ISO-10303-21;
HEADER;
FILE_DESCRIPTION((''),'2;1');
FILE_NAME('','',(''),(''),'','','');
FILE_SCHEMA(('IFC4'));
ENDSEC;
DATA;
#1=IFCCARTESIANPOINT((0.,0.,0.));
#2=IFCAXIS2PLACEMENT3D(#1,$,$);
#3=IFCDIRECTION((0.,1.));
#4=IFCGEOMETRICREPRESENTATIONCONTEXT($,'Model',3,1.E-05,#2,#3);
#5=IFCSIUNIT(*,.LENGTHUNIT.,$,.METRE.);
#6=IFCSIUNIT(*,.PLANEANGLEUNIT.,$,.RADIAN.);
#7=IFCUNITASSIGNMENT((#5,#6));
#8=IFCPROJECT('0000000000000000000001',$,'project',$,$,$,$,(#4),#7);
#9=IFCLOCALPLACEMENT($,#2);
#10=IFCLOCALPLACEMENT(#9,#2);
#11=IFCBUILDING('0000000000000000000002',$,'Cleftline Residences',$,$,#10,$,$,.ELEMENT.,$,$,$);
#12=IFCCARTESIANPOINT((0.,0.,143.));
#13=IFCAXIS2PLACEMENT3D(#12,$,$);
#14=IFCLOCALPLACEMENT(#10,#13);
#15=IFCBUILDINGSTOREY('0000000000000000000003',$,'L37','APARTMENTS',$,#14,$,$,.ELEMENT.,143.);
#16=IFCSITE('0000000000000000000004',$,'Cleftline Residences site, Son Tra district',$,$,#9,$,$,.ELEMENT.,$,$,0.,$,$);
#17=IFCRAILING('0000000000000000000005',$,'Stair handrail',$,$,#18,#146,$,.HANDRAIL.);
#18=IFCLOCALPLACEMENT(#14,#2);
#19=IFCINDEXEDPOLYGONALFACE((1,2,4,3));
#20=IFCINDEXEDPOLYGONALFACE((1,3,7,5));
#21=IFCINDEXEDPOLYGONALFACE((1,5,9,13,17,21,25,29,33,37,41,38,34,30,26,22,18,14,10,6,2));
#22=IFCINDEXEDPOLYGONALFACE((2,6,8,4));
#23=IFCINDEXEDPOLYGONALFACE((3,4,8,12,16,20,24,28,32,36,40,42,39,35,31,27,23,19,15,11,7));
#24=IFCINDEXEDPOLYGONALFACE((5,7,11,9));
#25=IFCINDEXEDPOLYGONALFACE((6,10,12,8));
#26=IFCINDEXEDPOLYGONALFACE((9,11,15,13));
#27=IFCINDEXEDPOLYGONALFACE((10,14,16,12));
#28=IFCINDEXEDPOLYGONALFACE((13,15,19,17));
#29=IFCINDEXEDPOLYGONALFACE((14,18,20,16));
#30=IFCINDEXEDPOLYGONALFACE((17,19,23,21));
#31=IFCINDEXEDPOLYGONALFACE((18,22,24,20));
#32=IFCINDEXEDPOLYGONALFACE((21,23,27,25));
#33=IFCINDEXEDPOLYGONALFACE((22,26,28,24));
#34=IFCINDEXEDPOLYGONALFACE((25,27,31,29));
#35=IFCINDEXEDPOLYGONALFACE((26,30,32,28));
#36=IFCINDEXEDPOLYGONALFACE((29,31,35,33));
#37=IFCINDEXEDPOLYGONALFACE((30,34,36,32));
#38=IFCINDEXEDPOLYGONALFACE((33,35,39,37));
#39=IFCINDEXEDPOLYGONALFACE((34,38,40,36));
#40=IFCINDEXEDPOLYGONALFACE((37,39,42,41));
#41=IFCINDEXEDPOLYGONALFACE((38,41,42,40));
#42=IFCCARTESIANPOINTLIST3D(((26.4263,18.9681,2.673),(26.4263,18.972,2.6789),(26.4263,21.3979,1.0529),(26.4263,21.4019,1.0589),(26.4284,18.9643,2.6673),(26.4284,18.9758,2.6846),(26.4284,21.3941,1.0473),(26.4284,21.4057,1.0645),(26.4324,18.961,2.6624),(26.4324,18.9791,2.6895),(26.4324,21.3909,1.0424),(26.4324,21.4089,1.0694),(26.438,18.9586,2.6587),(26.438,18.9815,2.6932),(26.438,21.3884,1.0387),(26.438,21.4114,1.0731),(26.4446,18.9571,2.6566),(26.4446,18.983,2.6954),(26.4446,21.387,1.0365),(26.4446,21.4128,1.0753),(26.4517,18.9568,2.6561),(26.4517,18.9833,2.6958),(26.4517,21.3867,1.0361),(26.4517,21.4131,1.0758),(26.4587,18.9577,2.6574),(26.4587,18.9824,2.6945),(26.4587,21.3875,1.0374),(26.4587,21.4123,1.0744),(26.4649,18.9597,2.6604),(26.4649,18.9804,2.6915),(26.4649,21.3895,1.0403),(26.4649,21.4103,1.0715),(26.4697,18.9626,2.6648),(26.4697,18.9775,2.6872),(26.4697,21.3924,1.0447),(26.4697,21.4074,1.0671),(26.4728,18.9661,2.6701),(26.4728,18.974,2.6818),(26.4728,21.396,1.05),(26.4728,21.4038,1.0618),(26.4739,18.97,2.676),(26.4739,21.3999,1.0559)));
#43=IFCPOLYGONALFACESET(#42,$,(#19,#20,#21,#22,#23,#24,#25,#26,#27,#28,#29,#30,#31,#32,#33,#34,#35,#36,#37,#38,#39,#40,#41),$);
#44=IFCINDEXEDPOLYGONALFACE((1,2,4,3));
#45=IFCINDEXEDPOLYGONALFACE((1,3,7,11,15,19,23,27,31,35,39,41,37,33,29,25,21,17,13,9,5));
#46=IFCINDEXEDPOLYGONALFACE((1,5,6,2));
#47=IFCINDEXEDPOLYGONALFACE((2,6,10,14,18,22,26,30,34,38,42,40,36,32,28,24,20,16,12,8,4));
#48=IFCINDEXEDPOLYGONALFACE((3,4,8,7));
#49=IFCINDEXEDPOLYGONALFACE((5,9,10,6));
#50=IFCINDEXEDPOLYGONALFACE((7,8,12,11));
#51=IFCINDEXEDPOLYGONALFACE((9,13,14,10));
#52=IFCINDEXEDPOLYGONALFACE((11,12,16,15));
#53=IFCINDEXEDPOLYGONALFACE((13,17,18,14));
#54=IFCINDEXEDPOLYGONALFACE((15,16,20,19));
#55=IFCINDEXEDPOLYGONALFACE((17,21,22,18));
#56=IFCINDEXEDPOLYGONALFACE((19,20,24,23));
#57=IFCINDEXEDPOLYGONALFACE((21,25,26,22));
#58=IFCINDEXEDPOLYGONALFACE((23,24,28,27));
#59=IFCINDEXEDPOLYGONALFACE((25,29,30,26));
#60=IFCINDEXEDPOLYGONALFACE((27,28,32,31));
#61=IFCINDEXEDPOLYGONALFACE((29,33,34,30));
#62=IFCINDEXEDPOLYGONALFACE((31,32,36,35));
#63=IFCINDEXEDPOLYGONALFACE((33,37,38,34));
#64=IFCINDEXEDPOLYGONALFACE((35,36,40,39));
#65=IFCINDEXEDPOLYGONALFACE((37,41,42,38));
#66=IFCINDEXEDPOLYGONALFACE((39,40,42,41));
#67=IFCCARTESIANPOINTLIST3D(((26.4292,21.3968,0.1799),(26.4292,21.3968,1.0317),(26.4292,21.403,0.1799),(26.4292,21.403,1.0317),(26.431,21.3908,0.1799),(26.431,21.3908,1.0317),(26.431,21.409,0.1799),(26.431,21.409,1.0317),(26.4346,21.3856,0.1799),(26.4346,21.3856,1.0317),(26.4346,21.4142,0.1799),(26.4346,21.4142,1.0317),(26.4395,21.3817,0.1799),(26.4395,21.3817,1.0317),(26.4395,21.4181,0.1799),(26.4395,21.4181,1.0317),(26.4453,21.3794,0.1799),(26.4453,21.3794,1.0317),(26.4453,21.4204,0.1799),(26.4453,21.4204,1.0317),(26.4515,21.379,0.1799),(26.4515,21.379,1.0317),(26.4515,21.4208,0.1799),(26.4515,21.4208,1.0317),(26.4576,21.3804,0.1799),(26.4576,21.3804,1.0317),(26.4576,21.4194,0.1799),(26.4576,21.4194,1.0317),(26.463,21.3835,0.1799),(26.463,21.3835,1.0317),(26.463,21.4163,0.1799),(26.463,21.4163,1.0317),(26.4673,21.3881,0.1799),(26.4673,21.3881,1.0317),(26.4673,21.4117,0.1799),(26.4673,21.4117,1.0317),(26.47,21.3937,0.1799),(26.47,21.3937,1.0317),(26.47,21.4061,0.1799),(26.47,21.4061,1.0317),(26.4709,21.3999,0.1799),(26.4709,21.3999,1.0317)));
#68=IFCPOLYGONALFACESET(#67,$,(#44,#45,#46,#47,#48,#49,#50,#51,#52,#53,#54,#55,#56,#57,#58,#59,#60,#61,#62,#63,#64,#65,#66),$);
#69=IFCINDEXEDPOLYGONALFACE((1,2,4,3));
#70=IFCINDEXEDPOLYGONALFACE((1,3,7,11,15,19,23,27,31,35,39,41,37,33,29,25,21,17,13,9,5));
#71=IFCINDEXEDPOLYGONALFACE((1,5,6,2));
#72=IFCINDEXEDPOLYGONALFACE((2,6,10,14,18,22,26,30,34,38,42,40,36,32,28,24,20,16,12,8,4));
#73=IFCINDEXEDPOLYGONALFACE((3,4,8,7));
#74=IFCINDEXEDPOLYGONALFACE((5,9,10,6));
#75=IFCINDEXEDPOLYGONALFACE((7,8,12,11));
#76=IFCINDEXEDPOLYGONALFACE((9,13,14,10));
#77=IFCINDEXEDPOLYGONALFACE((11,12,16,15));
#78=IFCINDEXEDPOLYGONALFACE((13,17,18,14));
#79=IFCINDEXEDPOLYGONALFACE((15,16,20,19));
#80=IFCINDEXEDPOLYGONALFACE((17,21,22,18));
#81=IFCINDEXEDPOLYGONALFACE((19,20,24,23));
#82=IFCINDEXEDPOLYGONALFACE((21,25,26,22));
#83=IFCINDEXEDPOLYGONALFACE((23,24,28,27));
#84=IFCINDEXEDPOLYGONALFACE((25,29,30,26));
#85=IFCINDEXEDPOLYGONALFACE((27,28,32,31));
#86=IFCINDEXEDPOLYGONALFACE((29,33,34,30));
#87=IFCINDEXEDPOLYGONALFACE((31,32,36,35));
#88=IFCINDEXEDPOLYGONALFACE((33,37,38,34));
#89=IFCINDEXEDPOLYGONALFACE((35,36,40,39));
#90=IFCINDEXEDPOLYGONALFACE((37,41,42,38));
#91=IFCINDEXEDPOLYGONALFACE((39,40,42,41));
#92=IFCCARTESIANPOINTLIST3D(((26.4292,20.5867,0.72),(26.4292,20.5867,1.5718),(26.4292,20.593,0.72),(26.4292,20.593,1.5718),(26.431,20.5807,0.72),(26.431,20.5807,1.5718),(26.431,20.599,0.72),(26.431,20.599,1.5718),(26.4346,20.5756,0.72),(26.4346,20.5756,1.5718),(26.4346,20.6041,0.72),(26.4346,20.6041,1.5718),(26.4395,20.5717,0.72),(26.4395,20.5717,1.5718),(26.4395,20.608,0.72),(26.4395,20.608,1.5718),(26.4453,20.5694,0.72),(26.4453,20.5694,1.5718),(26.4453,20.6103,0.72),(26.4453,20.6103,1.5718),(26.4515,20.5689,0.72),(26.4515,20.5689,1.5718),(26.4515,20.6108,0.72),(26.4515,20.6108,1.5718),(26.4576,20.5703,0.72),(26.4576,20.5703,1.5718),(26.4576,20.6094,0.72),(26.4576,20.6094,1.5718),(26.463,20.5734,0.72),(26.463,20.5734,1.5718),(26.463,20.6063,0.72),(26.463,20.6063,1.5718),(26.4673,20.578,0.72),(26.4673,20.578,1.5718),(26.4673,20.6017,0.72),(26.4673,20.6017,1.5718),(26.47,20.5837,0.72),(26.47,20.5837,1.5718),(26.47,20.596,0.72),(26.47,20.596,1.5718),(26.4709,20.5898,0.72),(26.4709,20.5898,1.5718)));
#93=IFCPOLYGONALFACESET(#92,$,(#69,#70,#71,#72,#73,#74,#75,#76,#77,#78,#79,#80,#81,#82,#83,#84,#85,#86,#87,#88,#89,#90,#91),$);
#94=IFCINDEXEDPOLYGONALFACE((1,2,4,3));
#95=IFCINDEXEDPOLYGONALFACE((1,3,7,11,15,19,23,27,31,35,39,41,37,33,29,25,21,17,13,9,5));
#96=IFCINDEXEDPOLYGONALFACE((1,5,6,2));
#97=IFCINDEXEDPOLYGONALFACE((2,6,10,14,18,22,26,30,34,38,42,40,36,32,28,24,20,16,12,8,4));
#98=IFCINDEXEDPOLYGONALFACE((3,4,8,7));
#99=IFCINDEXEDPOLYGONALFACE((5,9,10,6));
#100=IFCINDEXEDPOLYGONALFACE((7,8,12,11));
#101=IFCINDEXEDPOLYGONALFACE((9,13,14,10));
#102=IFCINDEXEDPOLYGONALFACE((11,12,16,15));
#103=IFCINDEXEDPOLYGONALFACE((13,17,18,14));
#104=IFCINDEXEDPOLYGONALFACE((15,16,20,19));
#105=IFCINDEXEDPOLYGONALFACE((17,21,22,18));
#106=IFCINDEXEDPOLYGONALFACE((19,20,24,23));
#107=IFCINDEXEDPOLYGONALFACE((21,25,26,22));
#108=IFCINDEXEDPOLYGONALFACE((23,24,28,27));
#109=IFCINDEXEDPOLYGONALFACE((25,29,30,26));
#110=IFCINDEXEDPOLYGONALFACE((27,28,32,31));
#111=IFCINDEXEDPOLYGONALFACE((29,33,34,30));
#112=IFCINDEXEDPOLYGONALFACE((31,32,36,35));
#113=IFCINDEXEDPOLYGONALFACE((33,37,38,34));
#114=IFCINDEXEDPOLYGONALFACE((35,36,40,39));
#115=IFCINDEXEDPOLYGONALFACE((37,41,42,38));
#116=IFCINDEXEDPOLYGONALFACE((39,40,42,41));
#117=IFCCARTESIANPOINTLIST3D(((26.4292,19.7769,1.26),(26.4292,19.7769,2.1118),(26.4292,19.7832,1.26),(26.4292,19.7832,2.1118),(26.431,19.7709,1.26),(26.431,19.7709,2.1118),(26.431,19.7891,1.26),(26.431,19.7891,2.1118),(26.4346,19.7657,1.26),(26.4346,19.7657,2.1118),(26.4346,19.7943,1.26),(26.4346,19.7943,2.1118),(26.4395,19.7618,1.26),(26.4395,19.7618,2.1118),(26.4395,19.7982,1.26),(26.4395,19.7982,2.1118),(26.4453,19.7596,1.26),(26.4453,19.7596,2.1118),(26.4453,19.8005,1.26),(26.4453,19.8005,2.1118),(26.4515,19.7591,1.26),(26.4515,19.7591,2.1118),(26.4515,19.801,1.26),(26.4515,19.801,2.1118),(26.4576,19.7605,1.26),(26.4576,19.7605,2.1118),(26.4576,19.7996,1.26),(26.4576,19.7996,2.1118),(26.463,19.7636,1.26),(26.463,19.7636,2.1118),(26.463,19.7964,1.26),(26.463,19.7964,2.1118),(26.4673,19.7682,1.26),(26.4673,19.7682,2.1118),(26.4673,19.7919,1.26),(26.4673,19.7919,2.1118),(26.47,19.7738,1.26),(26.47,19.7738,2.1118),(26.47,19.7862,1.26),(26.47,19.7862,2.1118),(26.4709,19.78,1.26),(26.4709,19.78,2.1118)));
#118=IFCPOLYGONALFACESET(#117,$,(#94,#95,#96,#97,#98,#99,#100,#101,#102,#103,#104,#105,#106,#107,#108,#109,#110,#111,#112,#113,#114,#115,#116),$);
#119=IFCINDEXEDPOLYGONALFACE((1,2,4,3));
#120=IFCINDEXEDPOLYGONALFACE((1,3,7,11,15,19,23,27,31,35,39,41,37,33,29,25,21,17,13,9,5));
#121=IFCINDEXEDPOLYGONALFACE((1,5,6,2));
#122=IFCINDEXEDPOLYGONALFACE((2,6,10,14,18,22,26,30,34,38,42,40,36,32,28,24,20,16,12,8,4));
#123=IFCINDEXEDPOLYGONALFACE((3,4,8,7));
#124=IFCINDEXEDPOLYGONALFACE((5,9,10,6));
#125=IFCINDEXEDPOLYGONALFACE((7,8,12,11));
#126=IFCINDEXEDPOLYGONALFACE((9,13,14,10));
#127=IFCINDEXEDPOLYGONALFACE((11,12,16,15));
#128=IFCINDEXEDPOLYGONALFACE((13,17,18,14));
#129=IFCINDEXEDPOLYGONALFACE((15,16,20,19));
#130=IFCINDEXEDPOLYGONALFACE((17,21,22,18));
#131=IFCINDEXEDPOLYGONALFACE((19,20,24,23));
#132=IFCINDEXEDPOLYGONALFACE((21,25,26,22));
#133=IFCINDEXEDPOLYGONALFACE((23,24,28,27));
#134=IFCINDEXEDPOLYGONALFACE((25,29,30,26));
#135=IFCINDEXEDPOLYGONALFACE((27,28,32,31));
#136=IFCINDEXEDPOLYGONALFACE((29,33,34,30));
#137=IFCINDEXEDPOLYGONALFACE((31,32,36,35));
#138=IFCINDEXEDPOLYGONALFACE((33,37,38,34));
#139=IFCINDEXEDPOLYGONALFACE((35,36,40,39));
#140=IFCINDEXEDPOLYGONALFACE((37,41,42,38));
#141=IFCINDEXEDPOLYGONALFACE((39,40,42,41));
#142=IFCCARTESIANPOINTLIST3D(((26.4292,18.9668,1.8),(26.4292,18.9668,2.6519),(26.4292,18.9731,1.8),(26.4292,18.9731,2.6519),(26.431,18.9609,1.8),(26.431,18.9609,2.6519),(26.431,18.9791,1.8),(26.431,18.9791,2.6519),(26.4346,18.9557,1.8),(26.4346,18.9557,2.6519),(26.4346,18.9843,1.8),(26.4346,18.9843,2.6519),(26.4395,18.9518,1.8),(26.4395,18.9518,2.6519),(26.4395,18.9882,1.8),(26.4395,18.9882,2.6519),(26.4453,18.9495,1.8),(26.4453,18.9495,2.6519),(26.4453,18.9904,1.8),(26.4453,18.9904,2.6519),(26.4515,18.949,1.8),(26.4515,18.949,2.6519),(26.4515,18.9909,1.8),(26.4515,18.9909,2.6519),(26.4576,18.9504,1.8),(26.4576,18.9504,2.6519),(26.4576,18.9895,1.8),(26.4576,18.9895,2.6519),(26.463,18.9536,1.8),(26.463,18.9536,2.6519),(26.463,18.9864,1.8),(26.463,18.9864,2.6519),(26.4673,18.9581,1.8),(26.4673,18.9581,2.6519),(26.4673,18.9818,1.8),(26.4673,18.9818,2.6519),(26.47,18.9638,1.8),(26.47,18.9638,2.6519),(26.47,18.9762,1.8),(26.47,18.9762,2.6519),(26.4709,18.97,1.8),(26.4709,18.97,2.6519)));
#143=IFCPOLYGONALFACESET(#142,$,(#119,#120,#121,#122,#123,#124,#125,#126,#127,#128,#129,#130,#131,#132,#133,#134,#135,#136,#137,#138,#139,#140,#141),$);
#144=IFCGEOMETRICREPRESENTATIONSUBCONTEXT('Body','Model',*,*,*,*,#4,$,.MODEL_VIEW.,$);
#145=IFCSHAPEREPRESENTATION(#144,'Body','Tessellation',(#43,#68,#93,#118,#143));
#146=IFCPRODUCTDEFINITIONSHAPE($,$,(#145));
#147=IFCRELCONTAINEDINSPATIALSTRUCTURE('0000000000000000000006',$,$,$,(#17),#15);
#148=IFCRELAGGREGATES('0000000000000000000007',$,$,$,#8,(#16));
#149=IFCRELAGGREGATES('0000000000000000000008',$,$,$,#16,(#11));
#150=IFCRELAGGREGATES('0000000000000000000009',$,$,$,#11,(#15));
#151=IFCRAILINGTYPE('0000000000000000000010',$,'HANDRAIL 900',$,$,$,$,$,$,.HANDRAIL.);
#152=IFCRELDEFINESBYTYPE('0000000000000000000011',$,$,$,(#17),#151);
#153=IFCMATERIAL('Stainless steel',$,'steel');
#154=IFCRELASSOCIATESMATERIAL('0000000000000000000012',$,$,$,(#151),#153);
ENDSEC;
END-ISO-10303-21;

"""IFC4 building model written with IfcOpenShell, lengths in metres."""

from ifc_helpers import new_model, si_unit, direction, frame, origin, origin_2d, place, context, subcontext, project, spatial, circle, extrude, material, type_object, element, save


model = new_model("IFC4")

# Units and contexts
model_context = context("Model", 3, precision=1e-05, world=origin(), true_north=direction((0.0, 1.0)))
body_context = subcontext(model_context, "Body", "Model", "MODEL_VIEW")
ifc_project = project(units=[si_unit("LENGTHUNIT", "METRE"), si_unit("PLANEANGLEUNIT", "RADIAN")], contexts=[model_context])

# Site, building, storey
site_placement = place(None, origin())
site = spatial("IfcSite", under=ifc_project, at=site_placement, Name="Cleftline Residences site, Son Tra district", CompositionType="ELEMENT", RefElevation=0.0)
building_placement = place(site_placement, origin())
building = spatial("IfcBuilding", under=site, at=building_placement, Name="Cleftline Residences", CompositionType="ELEMENT")
storey_placement = place(building_placement, frame((0.0, 0.0, 143.0)))
storey = spatial("IfcBuildingStorey", under=building, at=storey_placement, Name="L37", Description="APARTMENTS", CompositionType="ELEMENT", Elevation=143.0)

# Railing
ifc_material_1 = material(Name="Stainless steel", Category="steel")
railing_type = type_object("IfcRailingType", Name="HANDRAIL 900", PredefinedType="HANDRAIL", material=ifc_material_1)
railing_1_placement = place(storey_placement, frame((26.45, 21.3999, 0.1799)))
element("IfcRailing", 1, at=railing_1_placement, inside=storey, type_object=railing_type, Name="Stair handrail", PredefinedType="HANDRAIL", context=body_context, shape_type="SweptSolid", body=[
    extrude(circle(Radius=0.0239, at=origin_2d()), frame((0.0, 0.0, 0.876), z_axis=(0.0, -0.832025, 0.554739), x_axis=(1.0, 0.0, 0.0)), (0.0, 0.0, 1.0), 2.9204),
    extrude(circle(Radius=0.021, at=origin_2d()), origin(), (0.0, 0.0, 1.0), 0.8518),
    extrude(circle(Radius=0.021, at=origin_2d()), frame((0.0, -0.8101, 0.54)), (0.0, 0.0, 1.0), 0.8518),
    extrude(circle(Radius=0.021, at=origin_2d()), frame((0.0, -1.6199, 1.0801)), (0.0, 0.0, 1.0), 0.8518),
    extrude(circle(Radius=0.021, at=origin_2d()), frame((0.0, -2.4299, 1.6201)), (0.0, 0.0, 1.0), 0.8518),
])

save(model, "model.ifc")
